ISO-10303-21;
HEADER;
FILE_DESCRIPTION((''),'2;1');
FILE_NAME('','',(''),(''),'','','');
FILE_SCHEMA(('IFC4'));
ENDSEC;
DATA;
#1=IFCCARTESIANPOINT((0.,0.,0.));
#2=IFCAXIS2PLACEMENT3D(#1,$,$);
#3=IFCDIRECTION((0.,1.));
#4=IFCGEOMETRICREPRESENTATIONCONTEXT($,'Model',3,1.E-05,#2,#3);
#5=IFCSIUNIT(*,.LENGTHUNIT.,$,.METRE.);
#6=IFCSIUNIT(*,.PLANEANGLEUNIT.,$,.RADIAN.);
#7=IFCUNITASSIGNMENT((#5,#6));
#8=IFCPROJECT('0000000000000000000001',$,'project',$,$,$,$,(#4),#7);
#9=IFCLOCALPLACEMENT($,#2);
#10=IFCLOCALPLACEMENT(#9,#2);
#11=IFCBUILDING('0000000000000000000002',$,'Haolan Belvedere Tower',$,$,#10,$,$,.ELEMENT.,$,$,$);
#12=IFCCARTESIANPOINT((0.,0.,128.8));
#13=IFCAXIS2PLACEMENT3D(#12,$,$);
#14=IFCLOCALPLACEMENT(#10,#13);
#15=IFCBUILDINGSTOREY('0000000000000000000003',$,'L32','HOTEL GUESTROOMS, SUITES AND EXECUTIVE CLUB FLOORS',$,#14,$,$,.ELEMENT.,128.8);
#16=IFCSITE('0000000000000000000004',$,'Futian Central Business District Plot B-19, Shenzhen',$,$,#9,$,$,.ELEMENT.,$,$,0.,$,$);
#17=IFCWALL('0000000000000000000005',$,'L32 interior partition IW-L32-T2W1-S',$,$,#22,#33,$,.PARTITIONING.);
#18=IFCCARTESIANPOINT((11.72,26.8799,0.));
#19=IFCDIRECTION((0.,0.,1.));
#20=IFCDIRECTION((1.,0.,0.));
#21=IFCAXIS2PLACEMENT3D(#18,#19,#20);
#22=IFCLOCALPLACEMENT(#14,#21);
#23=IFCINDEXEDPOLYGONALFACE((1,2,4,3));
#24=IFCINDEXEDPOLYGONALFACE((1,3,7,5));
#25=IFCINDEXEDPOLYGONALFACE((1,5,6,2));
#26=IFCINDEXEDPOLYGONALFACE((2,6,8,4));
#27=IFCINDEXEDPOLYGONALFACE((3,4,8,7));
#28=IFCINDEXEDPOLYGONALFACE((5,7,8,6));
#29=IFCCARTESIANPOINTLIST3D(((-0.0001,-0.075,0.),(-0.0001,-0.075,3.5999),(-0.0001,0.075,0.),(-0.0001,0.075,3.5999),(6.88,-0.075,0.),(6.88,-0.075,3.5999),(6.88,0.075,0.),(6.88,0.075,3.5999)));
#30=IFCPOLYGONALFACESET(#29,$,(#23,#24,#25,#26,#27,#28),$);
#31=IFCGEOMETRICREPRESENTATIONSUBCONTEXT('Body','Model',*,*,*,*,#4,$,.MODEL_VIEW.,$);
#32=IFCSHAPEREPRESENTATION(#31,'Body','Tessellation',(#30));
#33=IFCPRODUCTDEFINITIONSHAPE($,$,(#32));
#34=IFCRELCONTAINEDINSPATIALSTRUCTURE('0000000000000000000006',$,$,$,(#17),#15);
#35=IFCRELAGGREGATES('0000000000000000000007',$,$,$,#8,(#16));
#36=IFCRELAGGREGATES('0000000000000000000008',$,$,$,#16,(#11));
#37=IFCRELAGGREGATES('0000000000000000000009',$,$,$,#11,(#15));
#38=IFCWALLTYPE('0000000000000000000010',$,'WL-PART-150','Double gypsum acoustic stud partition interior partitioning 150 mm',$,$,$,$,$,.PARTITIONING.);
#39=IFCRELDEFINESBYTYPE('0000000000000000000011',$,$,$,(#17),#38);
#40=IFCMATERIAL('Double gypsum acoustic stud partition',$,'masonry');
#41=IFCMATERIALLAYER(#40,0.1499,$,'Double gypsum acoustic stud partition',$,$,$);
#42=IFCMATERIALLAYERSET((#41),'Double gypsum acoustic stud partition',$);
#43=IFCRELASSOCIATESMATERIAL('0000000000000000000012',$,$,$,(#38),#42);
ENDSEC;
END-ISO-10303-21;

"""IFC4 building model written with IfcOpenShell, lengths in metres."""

from ifc_helpers import new_model, si_unit, direction, frame, frame_2d, origin, place, context, subcontext, project, spatial, rectangle, extrude, material, layer, layer_set, type_object, element, save


model = new_model("IFC4")

# Units and contexts
model_context = context("Model", 3, precision=1e-05, world=origin(), true_north=direction((0.0, 1.0)))
body_context = subcontext(model_context, "Body", "Model", "MODEL_VIEW")
ifc_project = project(units=[si_unit("LENGTHUNIT", "METRE"), si_unit("PLANEANGLEUNIT", "RADIAN")], contexts=[model_context])

# Site, building, storey
site_placement = place(None, origin())
site = spatial("IfcSite", under=ifc_project, at=site_placement, Name="Futian Central Business District Plot B-19, Shenzhen", CompositionType="ELEMENT", RefElevation=0.0)
building_placement = place(site_placement, origin())
building = spatial("IfcBuilding", under=site, at=building_placement, Name="Haolan Belvedere Tower", CompositionType="ELEMENT")
storey_placement = place(building_placement, frame((0.0, 0.0, 128.8)))
storey = spatial("IfcBuildingStorey", under=building, at=storey_placement, Name="L32", Description="HOTEL GUESTROOMS, SUITES AND EXECUTIVE CLUB FLOORS", CompositionType="ELEMENT", Elevation=128.8)

# Wall
ifc_material_1 = material(Name="Double gypsum acoustic stud partition", Category="masonry")
ifc_layer_1 = layer(ifc_material_1, 0.1499, Name="Double gypsum acoustic stud partition")
ifc_layer_set_1 = layer_set([ifc_layer_1], Name="Double gypsum acoustic stud partition")
wall_type_1 = type_object("IfcWallType", Name="WL-PART-150", Description="Double gypsum acoustic stud partition interior partitioning 150 mm", PredefinedType="PARTITIONING", material=ifc_layer_set_1)
wall_1_placement = place(storey_placement, frame((11.72, 26.8799, 0.0), z_axis=(0.0, 0.0, 1.0), x_axis=(1.0, 0.0, 0.0)))
element("IfcWall", 1, at=wall_1_placement, inside=storey, type_object=wall_type_1, Name="L32 interior partition IW-L32-T2W1-S", PredefinedType="PARTITIONING", context=body_context, shape_type="SweptSolid", body=[
    extrude(rectangle(XDim=6.8801, YDim=0.1499, at=frame_2d((3.4399, 0.0))), origin(), (0.0, 0.0, 1.0), 3.5999),
])

save(model, "model.ifc")
